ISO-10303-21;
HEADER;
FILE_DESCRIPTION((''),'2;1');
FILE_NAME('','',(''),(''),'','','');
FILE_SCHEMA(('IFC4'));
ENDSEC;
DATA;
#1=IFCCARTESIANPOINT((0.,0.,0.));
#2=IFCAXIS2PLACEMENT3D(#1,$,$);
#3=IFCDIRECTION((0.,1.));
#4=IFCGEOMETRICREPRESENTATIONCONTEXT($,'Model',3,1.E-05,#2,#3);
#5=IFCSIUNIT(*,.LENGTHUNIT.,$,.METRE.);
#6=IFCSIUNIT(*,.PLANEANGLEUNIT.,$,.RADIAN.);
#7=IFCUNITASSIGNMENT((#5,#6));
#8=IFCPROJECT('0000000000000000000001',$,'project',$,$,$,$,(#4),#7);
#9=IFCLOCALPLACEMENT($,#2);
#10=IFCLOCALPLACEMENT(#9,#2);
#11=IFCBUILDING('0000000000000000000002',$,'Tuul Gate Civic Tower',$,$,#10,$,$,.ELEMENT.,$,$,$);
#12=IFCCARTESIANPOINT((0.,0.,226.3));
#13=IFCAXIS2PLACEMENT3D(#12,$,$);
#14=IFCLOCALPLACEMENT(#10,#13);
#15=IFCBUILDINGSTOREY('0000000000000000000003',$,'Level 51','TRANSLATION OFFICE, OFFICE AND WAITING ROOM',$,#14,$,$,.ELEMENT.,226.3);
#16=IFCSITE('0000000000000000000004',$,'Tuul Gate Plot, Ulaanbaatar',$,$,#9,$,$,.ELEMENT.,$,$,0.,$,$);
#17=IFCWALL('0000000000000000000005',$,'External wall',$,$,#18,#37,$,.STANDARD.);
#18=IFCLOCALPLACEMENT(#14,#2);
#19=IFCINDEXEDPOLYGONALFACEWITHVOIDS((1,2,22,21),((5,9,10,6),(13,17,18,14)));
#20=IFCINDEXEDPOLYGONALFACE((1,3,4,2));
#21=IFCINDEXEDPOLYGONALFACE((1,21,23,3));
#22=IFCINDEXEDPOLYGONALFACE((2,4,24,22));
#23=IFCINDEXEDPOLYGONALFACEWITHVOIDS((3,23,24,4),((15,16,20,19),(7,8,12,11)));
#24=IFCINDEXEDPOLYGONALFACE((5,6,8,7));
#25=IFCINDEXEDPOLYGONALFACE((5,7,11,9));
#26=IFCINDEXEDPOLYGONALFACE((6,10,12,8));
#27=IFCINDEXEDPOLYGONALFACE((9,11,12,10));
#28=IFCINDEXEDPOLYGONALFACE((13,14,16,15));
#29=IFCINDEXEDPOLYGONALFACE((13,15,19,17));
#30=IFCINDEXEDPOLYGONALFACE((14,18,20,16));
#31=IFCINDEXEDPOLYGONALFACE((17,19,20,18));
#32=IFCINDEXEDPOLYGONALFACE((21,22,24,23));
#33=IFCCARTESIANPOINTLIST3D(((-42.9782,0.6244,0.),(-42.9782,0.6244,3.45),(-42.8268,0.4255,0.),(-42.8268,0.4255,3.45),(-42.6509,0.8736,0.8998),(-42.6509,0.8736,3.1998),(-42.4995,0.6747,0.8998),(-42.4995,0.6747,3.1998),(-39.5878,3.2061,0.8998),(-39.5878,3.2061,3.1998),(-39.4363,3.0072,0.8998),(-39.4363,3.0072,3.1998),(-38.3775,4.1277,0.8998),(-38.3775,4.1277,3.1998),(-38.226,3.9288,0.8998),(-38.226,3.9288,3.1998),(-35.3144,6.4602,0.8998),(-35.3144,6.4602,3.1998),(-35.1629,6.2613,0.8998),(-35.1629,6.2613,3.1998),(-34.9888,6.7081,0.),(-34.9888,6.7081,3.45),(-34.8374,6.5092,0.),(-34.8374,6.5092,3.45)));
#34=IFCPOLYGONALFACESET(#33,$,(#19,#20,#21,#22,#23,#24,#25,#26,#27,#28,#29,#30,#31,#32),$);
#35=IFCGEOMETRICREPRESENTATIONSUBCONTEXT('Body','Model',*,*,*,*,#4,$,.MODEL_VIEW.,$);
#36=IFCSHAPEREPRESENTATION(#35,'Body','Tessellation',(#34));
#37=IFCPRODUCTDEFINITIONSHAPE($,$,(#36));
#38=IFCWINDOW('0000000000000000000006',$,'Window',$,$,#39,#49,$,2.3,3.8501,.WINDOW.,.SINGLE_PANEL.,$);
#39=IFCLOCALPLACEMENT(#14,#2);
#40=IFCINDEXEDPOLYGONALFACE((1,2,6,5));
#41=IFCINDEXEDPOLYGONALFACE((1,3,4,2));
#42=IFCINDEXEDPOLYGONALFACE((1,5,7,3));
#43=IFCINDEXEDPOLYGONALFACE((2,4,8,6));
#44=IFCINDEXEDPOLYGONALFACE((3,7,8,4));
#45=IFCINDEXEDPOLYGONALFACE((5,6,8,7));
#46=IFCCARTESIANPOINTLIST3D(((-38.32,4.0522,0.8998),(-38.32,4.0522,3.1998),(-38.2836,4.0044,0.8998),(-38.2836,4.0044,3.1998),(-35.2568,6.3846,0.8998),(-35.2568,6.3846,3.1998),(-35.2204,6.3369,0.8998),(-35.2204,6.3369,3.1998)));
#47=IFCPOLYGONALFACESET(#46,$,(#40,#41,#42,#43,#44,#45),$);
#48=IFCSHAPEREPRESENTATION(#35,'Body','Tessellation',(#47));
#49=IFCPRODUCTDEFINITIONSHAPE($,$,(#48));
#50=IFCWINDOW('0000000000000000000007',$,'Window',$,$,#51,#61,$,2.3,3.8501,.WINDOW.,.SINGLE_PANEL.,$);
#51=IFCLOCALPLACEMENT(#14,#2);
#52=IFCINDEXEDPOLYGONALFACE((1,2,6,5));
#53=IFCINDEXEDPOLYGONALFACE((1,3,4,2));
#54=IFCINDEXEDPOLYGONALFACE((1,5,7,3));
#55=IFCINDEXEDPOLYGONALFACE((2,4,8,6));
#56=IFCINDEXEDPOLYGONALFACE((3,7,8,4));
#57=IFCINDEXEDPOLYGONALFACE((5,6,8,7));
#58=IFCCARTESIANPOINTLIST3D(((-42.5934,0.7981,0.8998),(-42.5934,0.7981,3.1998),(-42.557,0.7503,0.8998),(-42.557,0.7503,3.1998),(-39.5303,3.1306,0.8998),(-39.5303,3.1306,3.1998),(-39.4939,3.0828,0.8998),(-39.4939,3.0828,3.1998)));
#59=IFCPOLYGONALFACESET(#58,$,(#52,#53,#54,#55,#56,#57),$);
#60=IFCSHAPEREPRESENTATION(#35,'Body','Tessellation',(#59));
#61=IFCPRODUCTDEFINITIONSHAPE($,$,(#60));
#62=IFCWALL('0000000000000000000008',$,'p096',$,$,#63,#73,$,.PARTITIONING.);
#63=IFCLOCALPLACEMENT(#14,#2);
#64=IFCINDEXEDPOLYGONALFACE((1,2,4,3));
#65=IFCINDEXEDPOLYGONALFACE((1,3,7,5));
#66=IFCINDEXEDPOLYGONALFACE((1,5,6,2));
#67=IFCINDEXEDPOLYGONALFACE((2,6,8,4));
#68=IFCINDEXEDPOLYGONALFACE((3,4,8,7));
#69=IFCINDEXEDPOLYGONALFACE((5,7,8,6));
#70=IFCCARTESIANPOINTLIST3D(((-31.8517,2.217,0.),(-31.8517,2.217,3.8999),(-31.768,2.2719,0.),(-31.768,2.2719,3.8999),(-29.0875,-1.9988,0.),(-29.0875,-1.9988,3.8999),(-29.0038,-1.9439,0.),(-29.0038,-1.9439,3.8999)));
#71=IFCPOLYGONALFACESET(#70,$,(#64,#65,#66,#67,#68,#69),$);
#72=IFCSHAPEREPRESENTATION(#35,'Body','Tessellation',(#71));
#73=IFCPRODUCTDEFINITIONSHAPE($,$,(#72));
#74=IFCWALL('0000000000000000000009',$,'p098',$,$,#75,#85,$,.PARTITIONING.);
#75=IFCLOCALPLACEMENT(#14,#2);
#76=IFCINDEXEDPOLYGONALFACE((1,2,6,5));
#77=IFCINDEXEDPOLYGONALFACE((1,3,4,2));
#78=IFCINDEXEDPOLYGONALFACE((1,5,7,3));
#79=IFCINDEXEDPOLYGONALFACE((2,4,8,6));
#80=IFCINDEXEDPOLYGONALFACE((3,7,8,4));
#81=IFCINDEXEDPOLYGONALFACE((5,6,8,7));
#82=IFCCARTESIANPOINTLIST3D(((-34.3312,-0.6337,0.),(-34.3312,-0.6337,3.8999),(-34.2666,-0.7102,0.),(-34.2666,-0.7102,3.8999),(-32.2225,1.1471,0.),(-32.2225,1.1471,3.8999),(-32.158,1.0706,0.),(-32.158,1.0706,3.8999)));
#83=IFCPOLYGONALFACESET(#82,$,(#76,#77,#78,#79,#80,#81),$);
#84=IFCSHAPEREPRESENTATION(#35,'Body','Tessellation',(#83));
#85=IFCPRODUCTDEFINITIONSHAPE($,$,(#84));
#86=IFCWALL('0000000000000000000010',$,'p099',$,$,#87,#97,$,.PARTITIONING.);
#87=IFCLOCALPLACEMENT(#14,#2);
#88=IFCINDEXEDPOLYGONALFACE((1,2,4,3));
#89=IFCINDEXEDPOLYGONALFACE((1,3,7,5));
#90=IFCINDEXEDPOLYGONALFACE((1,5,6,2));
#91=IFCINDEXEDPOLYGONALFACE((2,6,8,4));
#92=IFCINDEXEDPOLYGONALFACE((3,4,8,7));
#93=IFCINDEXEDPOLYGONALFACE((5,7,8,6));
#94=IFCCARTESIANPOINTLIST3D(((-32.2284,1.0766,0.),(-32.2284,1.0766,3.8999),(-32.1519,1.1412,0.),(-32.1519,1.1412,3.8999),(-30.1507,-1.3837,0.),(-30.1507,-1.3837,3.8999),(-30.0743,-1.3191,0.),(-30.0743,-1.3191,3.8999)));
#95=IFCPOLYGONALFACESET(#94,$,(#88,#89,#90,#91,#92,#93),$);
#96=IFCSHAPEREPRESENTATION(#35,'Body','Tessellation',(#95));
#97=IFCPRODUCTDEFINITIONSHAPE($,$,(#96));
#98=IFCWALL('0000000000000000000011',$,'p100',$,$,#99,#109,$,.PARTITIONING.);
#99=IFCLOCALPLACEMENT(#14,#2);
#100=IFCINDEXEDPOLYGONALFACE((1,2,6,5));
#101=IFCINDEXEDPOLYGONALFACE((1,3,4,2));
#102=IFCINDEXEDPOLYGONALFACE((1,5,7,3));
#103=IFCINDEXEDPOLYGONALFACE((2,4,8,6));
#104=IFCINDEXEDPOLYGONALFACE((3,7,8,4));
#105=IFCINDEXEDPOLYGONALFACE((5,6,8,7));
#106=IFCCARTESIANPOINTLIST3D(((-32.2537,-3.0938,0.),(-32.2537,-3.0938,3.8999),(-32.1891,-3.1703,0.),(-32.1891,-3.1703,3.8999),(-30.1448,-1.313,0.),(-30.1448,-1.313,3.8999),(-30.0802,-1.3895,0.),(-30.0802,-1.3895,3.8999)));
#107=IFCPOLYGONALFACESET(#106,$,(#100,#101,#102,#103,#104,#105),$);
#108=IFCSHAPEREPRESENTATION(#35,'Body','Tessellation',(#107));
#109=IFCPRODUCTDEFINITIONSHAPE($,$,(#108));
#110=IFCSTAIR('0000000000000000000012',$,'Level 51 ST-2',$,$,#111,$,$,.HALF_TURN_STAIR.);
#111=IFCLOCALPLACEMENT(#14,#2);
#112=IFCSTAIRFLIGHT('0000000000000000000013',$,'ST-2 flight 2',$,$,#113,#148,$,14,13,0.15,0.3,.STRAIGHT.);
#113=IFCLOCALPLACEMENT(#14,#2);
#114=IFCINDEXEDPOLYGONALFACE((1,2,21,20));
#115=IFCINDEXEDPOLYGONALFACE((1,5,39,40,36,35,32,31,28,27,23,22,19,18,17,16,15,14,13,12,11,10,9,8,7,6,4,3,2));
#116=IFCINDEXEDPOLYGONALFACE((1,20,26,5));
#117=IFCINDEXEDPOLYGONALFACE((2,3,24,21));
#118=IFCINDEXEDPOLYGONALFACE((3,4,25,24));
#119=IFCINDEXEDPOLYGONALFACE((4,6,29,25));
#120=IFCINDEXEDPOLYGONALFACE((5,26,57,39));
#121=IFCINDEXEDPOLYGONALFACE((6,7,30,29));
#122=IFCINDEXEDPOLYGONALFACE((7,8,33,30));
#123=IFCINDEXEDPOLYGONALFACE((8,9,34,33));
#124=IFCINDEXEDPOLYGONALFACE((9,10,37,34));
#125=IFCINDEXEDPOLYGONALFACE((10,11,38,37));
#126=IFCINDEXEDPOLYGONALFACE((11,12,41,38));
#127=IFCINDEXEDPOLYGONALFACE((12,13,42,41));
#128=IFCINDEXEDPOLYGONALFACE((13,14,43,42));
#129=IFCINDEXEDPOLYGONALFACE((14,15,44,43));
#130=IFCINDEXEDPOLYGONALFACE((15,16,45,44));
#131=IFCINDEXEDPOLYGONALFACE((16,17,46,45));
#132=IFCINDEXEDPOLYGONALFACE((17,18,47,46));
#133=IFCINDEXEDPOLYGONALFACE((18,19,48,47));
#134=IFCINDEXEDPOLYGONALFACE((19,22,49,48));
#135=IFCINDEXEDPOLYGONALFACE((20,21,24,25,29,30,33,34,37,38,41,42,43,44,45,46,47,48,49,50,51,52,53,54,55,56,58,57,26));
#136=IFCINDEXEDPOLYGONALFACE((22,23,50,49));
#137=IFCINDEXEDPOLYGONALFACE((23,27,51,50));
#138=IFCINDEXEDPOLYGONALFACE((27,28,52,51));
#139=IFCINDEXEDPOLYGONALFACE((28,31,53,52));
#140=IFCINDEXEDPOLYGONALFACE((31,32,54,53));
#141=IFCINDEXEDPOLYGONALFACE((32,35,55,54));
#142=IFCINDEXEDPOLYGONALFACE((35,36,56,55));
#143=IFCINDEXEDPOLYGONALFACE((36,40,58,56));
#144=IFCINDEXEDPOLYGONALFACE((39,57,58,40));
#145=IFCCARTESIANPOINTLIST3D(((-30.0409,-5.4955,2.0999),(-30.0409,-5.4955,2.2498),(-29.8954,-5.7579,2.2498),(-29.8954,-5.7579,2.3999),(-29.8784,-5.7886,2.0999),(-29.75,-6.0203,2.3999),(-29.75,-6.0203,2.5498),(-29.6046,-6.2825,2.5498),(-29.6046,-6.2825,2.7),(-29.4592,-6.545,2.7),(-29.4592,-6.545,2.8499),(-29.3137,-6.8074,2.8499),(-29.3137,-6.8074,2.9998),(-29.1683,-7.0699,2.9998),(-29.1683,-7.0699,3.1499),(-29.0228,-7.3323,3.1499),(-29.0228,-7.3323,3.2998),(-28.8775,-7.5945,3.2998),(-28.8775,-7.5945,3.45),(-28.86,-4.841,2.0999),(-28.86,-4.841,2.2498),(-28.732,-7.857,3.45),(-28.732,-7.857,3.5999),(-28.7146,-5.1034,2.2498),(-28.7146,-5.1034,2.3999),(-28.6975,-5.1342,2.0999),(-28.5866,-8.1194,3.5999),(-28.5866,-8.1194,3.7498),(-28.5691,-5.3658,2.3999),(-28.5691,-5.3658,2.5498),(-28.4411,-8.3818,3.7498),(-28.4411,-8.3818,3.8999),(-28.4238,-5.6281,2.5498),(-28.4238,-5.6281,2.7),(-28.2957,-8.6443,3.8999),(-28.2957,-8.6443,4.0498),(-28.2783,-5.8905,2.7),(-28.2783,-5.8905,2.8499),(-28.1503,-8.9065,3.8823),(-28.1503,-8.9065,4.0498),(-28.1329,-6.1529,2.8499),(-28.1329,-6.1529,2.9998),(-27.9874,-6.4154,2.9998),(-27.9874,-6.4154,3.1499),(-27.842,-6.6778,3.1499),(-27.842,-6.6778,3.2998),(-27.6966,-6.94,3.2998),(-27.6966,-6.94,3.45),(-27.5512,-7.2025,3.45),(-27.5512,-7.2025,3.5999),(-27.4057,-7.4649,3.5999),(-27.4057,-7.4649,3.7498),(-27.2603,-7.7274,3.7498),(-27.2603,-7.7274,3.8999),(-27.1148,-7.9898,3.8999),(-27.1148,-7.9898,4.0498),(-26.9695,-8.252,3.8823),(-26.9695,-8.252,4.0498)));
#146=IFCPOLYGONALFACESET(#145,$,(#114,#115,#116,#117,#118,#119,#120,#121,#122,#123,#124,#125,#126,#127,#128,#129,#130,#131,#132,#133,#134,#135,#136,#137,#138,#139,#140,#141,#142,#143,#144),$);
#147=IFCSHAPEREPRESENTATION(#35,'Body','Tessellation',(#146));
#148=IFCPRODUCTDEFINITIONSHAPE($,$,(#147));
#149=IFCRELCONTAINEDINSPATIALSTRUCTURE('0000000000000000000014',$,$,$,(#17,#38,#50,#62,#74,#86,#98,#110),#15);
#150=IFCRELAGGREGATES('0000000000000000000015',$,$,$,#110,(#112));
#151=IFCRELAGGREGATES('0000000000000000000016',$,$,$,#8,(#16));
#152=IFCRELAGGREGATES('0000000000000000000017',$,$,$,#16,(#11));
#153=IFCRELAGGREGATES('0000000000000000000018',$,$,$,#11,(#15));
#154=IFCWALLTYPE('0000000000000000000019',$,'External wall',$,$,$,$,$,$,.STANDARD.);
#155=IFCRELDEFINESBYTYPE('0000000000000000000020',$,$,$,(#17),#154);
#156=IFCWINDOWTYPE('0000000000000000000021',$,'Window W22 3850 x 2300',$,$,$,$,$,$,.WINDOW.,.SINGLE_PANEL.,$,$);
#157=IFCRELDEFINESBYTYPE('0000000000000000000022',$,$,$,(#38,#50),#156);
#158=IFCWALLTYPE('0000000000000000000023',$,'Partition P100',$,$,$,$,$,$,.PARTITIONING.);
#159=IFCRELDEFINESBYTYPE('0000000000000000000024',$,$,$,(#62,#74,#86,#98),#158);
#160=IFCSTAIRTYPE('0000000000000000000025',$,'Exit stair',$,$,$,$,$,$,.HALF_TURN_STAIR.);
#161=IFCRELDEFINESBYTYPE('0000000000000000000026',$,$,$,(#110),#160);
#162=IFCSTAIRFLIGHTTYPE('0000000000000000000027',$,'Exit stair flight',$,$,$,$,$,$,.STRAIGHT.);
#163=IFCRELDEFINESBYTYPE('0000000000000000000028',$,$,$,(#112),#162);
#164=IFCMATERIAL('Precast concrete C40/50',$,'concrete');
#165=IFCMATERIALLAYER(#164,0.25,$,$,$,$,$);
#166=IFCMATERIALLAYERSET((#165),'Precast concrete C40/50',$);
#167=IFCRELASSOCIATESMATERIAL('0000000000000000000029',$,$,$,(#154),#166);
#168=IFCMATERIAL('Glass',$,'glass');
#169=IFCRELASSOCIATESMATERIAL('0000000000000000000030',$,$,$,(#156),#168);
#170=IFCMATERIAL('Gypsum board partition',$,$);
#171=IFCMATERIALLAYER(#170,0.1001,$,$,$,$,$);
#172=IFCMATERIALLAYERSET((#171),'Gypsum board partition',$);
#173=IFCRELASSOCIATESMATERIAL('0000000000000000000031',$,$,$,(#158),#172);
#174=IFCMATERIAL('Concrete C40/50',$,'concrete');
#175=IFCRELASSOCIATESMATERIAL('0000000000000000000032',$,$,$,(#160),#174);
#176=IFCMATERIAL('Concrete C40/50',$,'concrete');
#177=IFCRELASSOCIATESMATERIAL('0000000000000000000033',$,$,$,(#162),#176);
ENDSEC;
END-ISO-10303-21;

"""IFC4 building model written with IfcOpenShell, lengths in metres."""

from ifc_helpers import new_model, si_unit, direction, frame, frame_2d, origin, place, context, subcontext, project, spatial, polyline, rectangle, outline, extrude, material, layer, layer_set, type_object, element, fill, aggregate, save


model = new_model("IFC4")

# Units and contexts
model_context = context("Model", 3, precision=1e-05, world=origin(), true_north=direction((0.0, 1.0)))
body_context = subcontext(model_context, "Body", "Model", "MODEL_VIEW")
ifc_project = project(units=[si_unit("LENGTHUNIT", "METRE"), si_unit("PLANEANGLEUNIT", "RADIAN")], contexts=[model_context])

# Site, building, storey
site_placement = place(None, origin())
site = spatial("IfcSite", under=ifc_project, at=site_placement, Name="Tuul Gate Plot, Ulaanbaatar", CompositionType="ELEMENT", RefElevation=0.0)
building_placement = place(site_placement, origin())
building = spatial("IfcBuilding", under=site, at=building_placement, Name="Tuul Gate Civic Tower", CompositionType="ELEMENT")
storey_placement = place(building_placement, frame((0.0, 0.0, 226.3)))
storey = spatial("IfcBuildingStorey", under=building, at=storey_placement, Name="Level 51", Description="TRANSLATION OFFICE, OFFICE AND WAITING ROOM", CompositionType="ELEMENT", Elevation=226.3)

# Wall, openings, windows
ifc_material_1 = material(Name="Precast concrete C40/50", Category="concrete")
ifc_layer_1 = layer(ifc_material_1, 0.25)
ifc_layer_set_1 = layer_set([ifc_layer_1], Name="Precast concrete C40/50")
wall_type_1 = type_object("IfcWallType", Name="External wall", PredefinedType="STANDARD", material=ifc_layer_set_1)
wall_1_placement = place(storey_placement, frame((-34.9131, 6.6086, 0.0), z_axis=(0.0, 0.0, 1.0), x_axis=(-0.7956, -0.605823, 0.0)))
wall_1 = element("IfcWall", 1, at=wall_1_placement, inside=storey, type_object=wall_type_1, Name="External wall", PredefinedType="STANDARD", context=body_context, shape_type="SweptSolid", body=[
    extrude(rectangle(XDim=10.042, YDim=0.25, at=frame_2d((5.021, 0.0))), origin(), (0.0, 0.0, 1.0), 3.45),
])
opening_1_placement = place(wall_1_placement, frame((0.4092, 0.0, 0.8999)))
opening_1 = element("IfcOpeningElement", 2, at=opening_1_placement, cuts=wall_1, PredefinedType="OPENING", context=body_context, shape_type="SweptSolid", body=[
    extrude(rectangle(XDim=3.8501, YDim=2.3, at=frame_2d((1.925, 1.1499))), frame((0.0, 0.135, 0.0), z_axis=(0.0, -1.0, 0.0), x_axis=(1.0, 0.0, 0.0)), (0.0, 0.0, 1.0), 0.27),
])
opening_2_placement = place(wall_1_placement, frame((5.7805, 0.0, 0.8999)))
opening_2 = element("IfcOpeningElement", 3, at=opening_2_placement, cuts=wall_1, PredefinedType="OPENING", context=body_context, shape_type="SweptSolid", body=[
    extrude(rectangle(XDim=3.8501, YDim=2.3, at=frame_2d((1.925, 1.1499))), frame((0.0, 0.135, 0.0), z_axis=(0.0, -1.0, 0.0), x_axis=(1.0, 0.0, 0.0)), (0.0, 0.0, 1.0), 0.27),
])
ifc_material_2 = material(Name="Glass", Category="glass")
window_type = type_object("IfcWindowType", Name="Window W22 3850 x 2300", PartitioningType="SINGLE_PANEL", PredefinedType="WINDOW", material=ifc_material_2)
window_1_placement = place(opening_1_placement, origin())
window_1 = element("IfcWindow", 4, at=window_1_placement, inside=storey, type_object=window_type, Name="Window", OverallHeight=2.3, OverallWidth=3.8501, PartitioningType="SINGLE_PANEL", PredefinedType="WINDOW", context=body_context, shape_type="SweptSolid", body=[
    extrude(rectangle(XDim=3.8501, YDim=2.3, at=frame_2d((1.925, 1.1499))), frame((0.0, 0.03, 0.0), z_axis=(0.0, -1.0, 0.0), x_axis=(1.0, 0.0, 0.0)), (0.0, 0.0, 1.0), 0.0601),
])
fill(opening_1, window_1)
window_2_placement = place(opening_2_placement, origin())
window_2 = element("IfcWindow", 5, at=window_2_placement, inside=storey, type_object=window_type, Name="Window", OverallHeight=2.3, OverallWidth=3.8501, PartitioningType="SINGLE_PANEL", PredefinedType="WINDOW", context=body_context, shape_type="SweptSolid", body=[
    extrude(rectangle(XDim=3.8501, YDim=2.3, at=frame_2d((1.925, 1.1499))), frame((0.0, 0.03, 0.0), z_axis=(0.0, -1.0, 0.0), x_axis=(1.0, 0.0, 0.0)), (0.0, 0.0, 1.0), 0.0601),
])
fill(opening_2, window_2)

# Walls
ifc_material_3 = material(Name="Gypsum board partition")
ifc_layer_2 = layer(ifc_material_3, 0.1001)
ifc_layer_set_2 = layer_set([ifc_layer_2], Name="Gypsum board partition")
wall_type_2 = type_object("IfcWallType", Name="Partition P100", PredefinedType="PARTITIONING", material=ifc_layer_set_2)
wall_2_placement = place(storey_placement, frame((-31.8098, 2.2444, 0.0), z_axis=(0.0, 0.0, 1.0), x_axis=(0.548314, -0.836273, 0.0)))
element("IfcWall", 6, at=wall_2_placement, inside=storey, type_object=wall_type_2, Name="p096", PredefinedType="PARTITIONING", context=body_context, shape_type="SweptSolid", body=[
    extrude(rectangle(XDim=5.0413, YDim=0.1001, at=frame_2d((2.5205, 0.0))), origin(), (0.0, 0.0, 1.0), 3.8999),
])
wall_3_placement = place(storey_placement, frame((-34.2988, -0.6719, 0.0), z_axis=(0.0, 0.0, 1.0), x_axis=(0.764007, 0.645208, 0.0)))
element("IfcWall", 7, at=wall_3_placement, inside=storey, type_object=wall_type_2, Name="p098", PredefinedType="PARTITIONING", context=body_context, shape_type="SweptSolid", body=[
    extrude(rectangle(XDim=2.76, YDim=0.1001, at=frame_2d((1.3799, 0.0))), origin(), (0.0, 0.0, 1.0), 3.8999),
])
wall_4_placement = place(storey_placement, frame((-32.1902, 1.1089, 0.0), z_axis=(0.0, 0.0, 1.0), x_axis=(0.645204, -0.76401, 0.0)))
element("IfcWall", 8, at=wall_4_placement, inside=storey, type_object=wall_type_2, Name="p099", PredefinedType="PARTITIONING", context=body_context, shape_type="SweptSolid", body=[
    extrude(rectangle(XDim=3.2202, YDim=0.1001, at=frame_2d((1.6101, 0.0))), origin(), (0.0, 0.0, 1.0), 3.8999),
])
wall_5_placement = place(storey_placement, frame((-32.2214, -3.1321, 0.0), z_axis=(0.0, 0.0, 1.0), x_axis=(0.764043, 0.645165, 0.0)))
element("IfcWall", 9, at=wall_5_placement, inside=storey, type_object=wall_type_2, Name="p100", PredefinedType="PARTITIONING", context=body_context, shape_type="SweptSolid", body=[
    extrude(rectangle(XDim=2.7603, YDim=0.1001, at=frame_2d((1.3801, 0.0))), origin(), (0.0, 0.0, 1.0), 3.8999),
])

# Stair, stair flight
ifc_material_4 = material(Name="Concrete C40/50", Category="concrete")
stair_type = type_object("IfcStairType", Name="Exit stair", PredefinedType="HALF_TURN_STAIR", material=ifc_material_4)
stair_placement = place(storey_placement, origin())
stair = element("IfcStair", 10, at=stair_placement, inside=storey, type_object=stair_type, Name="Level 51 ST-2", PredefinedType="HALF_TURN_STAIR")
ifc_material_5 = material(Name="Concrete C40/50", Category="concrete")
stair_flight_type = type_object("IfcStairFlightType", Name="Exit stair flight", PredefinedType="STRAIGHT", material=ifc_material_5)
stair_flight_placement = place(storey_placement, frame((-29.4504, -5.1682, 2.0999), z_axis=(0.0, 0.0, 1.0), x_axis=(0.484762, -0.874646, 0.0)))
stair_flight = element("IfcStairFlight", 11, at=stair_flight_placement, type_object=stair_flight_type, Name="ST-2 flight 2", NumberOfRisers=14, NumberOfTreads=13, PredefinedType="STRAIGHT", RiserHeight=0.15, TreadLength=0.3, context=body_context, shape_type="SweptSolid", body=[
    extrude(outline(polyline([(0.0, 0.0), (0.0, 0.1499), (0.3, 0.1499), (0.3, 0.3), (0.6001, 0.3), (0.6001, 0.45), (0.8999, 0.45), (0.8999, 0.6001), (1.2, 0.6001), (1.2, 0.75), (1.5, 0.75), (1.5, 0.8999), (1.8, 0.8999), (1.8, 1.05), (2.1001, 1.05), (2.1001, 1.2), (2.3999, 1.2), (2.3999, 1.3501), (2.7, 1.3501), (2.7, 1.5), (3.0, 1.5), (3.0, 1.6499), (3.3, 1.6499), (3.3, 1.8), (3.6001, 1.8), (3.6001, 1.95), (3.8999, 1.95), (3.8999, 2.1001), (3.8999, 1.7825), (0.3352, 0.0), (0.0, 0.0)])), frame((0.0, 0.675, 0.0), z_axis=(0.0, -1.0, 0.0), x_axis=(1.0, 0.0, 0.0)), (0.0, 0.0, 1.0), 1.3501),
])
aggregate(stair, [stair_flight])

save(model, "model.ifc")
